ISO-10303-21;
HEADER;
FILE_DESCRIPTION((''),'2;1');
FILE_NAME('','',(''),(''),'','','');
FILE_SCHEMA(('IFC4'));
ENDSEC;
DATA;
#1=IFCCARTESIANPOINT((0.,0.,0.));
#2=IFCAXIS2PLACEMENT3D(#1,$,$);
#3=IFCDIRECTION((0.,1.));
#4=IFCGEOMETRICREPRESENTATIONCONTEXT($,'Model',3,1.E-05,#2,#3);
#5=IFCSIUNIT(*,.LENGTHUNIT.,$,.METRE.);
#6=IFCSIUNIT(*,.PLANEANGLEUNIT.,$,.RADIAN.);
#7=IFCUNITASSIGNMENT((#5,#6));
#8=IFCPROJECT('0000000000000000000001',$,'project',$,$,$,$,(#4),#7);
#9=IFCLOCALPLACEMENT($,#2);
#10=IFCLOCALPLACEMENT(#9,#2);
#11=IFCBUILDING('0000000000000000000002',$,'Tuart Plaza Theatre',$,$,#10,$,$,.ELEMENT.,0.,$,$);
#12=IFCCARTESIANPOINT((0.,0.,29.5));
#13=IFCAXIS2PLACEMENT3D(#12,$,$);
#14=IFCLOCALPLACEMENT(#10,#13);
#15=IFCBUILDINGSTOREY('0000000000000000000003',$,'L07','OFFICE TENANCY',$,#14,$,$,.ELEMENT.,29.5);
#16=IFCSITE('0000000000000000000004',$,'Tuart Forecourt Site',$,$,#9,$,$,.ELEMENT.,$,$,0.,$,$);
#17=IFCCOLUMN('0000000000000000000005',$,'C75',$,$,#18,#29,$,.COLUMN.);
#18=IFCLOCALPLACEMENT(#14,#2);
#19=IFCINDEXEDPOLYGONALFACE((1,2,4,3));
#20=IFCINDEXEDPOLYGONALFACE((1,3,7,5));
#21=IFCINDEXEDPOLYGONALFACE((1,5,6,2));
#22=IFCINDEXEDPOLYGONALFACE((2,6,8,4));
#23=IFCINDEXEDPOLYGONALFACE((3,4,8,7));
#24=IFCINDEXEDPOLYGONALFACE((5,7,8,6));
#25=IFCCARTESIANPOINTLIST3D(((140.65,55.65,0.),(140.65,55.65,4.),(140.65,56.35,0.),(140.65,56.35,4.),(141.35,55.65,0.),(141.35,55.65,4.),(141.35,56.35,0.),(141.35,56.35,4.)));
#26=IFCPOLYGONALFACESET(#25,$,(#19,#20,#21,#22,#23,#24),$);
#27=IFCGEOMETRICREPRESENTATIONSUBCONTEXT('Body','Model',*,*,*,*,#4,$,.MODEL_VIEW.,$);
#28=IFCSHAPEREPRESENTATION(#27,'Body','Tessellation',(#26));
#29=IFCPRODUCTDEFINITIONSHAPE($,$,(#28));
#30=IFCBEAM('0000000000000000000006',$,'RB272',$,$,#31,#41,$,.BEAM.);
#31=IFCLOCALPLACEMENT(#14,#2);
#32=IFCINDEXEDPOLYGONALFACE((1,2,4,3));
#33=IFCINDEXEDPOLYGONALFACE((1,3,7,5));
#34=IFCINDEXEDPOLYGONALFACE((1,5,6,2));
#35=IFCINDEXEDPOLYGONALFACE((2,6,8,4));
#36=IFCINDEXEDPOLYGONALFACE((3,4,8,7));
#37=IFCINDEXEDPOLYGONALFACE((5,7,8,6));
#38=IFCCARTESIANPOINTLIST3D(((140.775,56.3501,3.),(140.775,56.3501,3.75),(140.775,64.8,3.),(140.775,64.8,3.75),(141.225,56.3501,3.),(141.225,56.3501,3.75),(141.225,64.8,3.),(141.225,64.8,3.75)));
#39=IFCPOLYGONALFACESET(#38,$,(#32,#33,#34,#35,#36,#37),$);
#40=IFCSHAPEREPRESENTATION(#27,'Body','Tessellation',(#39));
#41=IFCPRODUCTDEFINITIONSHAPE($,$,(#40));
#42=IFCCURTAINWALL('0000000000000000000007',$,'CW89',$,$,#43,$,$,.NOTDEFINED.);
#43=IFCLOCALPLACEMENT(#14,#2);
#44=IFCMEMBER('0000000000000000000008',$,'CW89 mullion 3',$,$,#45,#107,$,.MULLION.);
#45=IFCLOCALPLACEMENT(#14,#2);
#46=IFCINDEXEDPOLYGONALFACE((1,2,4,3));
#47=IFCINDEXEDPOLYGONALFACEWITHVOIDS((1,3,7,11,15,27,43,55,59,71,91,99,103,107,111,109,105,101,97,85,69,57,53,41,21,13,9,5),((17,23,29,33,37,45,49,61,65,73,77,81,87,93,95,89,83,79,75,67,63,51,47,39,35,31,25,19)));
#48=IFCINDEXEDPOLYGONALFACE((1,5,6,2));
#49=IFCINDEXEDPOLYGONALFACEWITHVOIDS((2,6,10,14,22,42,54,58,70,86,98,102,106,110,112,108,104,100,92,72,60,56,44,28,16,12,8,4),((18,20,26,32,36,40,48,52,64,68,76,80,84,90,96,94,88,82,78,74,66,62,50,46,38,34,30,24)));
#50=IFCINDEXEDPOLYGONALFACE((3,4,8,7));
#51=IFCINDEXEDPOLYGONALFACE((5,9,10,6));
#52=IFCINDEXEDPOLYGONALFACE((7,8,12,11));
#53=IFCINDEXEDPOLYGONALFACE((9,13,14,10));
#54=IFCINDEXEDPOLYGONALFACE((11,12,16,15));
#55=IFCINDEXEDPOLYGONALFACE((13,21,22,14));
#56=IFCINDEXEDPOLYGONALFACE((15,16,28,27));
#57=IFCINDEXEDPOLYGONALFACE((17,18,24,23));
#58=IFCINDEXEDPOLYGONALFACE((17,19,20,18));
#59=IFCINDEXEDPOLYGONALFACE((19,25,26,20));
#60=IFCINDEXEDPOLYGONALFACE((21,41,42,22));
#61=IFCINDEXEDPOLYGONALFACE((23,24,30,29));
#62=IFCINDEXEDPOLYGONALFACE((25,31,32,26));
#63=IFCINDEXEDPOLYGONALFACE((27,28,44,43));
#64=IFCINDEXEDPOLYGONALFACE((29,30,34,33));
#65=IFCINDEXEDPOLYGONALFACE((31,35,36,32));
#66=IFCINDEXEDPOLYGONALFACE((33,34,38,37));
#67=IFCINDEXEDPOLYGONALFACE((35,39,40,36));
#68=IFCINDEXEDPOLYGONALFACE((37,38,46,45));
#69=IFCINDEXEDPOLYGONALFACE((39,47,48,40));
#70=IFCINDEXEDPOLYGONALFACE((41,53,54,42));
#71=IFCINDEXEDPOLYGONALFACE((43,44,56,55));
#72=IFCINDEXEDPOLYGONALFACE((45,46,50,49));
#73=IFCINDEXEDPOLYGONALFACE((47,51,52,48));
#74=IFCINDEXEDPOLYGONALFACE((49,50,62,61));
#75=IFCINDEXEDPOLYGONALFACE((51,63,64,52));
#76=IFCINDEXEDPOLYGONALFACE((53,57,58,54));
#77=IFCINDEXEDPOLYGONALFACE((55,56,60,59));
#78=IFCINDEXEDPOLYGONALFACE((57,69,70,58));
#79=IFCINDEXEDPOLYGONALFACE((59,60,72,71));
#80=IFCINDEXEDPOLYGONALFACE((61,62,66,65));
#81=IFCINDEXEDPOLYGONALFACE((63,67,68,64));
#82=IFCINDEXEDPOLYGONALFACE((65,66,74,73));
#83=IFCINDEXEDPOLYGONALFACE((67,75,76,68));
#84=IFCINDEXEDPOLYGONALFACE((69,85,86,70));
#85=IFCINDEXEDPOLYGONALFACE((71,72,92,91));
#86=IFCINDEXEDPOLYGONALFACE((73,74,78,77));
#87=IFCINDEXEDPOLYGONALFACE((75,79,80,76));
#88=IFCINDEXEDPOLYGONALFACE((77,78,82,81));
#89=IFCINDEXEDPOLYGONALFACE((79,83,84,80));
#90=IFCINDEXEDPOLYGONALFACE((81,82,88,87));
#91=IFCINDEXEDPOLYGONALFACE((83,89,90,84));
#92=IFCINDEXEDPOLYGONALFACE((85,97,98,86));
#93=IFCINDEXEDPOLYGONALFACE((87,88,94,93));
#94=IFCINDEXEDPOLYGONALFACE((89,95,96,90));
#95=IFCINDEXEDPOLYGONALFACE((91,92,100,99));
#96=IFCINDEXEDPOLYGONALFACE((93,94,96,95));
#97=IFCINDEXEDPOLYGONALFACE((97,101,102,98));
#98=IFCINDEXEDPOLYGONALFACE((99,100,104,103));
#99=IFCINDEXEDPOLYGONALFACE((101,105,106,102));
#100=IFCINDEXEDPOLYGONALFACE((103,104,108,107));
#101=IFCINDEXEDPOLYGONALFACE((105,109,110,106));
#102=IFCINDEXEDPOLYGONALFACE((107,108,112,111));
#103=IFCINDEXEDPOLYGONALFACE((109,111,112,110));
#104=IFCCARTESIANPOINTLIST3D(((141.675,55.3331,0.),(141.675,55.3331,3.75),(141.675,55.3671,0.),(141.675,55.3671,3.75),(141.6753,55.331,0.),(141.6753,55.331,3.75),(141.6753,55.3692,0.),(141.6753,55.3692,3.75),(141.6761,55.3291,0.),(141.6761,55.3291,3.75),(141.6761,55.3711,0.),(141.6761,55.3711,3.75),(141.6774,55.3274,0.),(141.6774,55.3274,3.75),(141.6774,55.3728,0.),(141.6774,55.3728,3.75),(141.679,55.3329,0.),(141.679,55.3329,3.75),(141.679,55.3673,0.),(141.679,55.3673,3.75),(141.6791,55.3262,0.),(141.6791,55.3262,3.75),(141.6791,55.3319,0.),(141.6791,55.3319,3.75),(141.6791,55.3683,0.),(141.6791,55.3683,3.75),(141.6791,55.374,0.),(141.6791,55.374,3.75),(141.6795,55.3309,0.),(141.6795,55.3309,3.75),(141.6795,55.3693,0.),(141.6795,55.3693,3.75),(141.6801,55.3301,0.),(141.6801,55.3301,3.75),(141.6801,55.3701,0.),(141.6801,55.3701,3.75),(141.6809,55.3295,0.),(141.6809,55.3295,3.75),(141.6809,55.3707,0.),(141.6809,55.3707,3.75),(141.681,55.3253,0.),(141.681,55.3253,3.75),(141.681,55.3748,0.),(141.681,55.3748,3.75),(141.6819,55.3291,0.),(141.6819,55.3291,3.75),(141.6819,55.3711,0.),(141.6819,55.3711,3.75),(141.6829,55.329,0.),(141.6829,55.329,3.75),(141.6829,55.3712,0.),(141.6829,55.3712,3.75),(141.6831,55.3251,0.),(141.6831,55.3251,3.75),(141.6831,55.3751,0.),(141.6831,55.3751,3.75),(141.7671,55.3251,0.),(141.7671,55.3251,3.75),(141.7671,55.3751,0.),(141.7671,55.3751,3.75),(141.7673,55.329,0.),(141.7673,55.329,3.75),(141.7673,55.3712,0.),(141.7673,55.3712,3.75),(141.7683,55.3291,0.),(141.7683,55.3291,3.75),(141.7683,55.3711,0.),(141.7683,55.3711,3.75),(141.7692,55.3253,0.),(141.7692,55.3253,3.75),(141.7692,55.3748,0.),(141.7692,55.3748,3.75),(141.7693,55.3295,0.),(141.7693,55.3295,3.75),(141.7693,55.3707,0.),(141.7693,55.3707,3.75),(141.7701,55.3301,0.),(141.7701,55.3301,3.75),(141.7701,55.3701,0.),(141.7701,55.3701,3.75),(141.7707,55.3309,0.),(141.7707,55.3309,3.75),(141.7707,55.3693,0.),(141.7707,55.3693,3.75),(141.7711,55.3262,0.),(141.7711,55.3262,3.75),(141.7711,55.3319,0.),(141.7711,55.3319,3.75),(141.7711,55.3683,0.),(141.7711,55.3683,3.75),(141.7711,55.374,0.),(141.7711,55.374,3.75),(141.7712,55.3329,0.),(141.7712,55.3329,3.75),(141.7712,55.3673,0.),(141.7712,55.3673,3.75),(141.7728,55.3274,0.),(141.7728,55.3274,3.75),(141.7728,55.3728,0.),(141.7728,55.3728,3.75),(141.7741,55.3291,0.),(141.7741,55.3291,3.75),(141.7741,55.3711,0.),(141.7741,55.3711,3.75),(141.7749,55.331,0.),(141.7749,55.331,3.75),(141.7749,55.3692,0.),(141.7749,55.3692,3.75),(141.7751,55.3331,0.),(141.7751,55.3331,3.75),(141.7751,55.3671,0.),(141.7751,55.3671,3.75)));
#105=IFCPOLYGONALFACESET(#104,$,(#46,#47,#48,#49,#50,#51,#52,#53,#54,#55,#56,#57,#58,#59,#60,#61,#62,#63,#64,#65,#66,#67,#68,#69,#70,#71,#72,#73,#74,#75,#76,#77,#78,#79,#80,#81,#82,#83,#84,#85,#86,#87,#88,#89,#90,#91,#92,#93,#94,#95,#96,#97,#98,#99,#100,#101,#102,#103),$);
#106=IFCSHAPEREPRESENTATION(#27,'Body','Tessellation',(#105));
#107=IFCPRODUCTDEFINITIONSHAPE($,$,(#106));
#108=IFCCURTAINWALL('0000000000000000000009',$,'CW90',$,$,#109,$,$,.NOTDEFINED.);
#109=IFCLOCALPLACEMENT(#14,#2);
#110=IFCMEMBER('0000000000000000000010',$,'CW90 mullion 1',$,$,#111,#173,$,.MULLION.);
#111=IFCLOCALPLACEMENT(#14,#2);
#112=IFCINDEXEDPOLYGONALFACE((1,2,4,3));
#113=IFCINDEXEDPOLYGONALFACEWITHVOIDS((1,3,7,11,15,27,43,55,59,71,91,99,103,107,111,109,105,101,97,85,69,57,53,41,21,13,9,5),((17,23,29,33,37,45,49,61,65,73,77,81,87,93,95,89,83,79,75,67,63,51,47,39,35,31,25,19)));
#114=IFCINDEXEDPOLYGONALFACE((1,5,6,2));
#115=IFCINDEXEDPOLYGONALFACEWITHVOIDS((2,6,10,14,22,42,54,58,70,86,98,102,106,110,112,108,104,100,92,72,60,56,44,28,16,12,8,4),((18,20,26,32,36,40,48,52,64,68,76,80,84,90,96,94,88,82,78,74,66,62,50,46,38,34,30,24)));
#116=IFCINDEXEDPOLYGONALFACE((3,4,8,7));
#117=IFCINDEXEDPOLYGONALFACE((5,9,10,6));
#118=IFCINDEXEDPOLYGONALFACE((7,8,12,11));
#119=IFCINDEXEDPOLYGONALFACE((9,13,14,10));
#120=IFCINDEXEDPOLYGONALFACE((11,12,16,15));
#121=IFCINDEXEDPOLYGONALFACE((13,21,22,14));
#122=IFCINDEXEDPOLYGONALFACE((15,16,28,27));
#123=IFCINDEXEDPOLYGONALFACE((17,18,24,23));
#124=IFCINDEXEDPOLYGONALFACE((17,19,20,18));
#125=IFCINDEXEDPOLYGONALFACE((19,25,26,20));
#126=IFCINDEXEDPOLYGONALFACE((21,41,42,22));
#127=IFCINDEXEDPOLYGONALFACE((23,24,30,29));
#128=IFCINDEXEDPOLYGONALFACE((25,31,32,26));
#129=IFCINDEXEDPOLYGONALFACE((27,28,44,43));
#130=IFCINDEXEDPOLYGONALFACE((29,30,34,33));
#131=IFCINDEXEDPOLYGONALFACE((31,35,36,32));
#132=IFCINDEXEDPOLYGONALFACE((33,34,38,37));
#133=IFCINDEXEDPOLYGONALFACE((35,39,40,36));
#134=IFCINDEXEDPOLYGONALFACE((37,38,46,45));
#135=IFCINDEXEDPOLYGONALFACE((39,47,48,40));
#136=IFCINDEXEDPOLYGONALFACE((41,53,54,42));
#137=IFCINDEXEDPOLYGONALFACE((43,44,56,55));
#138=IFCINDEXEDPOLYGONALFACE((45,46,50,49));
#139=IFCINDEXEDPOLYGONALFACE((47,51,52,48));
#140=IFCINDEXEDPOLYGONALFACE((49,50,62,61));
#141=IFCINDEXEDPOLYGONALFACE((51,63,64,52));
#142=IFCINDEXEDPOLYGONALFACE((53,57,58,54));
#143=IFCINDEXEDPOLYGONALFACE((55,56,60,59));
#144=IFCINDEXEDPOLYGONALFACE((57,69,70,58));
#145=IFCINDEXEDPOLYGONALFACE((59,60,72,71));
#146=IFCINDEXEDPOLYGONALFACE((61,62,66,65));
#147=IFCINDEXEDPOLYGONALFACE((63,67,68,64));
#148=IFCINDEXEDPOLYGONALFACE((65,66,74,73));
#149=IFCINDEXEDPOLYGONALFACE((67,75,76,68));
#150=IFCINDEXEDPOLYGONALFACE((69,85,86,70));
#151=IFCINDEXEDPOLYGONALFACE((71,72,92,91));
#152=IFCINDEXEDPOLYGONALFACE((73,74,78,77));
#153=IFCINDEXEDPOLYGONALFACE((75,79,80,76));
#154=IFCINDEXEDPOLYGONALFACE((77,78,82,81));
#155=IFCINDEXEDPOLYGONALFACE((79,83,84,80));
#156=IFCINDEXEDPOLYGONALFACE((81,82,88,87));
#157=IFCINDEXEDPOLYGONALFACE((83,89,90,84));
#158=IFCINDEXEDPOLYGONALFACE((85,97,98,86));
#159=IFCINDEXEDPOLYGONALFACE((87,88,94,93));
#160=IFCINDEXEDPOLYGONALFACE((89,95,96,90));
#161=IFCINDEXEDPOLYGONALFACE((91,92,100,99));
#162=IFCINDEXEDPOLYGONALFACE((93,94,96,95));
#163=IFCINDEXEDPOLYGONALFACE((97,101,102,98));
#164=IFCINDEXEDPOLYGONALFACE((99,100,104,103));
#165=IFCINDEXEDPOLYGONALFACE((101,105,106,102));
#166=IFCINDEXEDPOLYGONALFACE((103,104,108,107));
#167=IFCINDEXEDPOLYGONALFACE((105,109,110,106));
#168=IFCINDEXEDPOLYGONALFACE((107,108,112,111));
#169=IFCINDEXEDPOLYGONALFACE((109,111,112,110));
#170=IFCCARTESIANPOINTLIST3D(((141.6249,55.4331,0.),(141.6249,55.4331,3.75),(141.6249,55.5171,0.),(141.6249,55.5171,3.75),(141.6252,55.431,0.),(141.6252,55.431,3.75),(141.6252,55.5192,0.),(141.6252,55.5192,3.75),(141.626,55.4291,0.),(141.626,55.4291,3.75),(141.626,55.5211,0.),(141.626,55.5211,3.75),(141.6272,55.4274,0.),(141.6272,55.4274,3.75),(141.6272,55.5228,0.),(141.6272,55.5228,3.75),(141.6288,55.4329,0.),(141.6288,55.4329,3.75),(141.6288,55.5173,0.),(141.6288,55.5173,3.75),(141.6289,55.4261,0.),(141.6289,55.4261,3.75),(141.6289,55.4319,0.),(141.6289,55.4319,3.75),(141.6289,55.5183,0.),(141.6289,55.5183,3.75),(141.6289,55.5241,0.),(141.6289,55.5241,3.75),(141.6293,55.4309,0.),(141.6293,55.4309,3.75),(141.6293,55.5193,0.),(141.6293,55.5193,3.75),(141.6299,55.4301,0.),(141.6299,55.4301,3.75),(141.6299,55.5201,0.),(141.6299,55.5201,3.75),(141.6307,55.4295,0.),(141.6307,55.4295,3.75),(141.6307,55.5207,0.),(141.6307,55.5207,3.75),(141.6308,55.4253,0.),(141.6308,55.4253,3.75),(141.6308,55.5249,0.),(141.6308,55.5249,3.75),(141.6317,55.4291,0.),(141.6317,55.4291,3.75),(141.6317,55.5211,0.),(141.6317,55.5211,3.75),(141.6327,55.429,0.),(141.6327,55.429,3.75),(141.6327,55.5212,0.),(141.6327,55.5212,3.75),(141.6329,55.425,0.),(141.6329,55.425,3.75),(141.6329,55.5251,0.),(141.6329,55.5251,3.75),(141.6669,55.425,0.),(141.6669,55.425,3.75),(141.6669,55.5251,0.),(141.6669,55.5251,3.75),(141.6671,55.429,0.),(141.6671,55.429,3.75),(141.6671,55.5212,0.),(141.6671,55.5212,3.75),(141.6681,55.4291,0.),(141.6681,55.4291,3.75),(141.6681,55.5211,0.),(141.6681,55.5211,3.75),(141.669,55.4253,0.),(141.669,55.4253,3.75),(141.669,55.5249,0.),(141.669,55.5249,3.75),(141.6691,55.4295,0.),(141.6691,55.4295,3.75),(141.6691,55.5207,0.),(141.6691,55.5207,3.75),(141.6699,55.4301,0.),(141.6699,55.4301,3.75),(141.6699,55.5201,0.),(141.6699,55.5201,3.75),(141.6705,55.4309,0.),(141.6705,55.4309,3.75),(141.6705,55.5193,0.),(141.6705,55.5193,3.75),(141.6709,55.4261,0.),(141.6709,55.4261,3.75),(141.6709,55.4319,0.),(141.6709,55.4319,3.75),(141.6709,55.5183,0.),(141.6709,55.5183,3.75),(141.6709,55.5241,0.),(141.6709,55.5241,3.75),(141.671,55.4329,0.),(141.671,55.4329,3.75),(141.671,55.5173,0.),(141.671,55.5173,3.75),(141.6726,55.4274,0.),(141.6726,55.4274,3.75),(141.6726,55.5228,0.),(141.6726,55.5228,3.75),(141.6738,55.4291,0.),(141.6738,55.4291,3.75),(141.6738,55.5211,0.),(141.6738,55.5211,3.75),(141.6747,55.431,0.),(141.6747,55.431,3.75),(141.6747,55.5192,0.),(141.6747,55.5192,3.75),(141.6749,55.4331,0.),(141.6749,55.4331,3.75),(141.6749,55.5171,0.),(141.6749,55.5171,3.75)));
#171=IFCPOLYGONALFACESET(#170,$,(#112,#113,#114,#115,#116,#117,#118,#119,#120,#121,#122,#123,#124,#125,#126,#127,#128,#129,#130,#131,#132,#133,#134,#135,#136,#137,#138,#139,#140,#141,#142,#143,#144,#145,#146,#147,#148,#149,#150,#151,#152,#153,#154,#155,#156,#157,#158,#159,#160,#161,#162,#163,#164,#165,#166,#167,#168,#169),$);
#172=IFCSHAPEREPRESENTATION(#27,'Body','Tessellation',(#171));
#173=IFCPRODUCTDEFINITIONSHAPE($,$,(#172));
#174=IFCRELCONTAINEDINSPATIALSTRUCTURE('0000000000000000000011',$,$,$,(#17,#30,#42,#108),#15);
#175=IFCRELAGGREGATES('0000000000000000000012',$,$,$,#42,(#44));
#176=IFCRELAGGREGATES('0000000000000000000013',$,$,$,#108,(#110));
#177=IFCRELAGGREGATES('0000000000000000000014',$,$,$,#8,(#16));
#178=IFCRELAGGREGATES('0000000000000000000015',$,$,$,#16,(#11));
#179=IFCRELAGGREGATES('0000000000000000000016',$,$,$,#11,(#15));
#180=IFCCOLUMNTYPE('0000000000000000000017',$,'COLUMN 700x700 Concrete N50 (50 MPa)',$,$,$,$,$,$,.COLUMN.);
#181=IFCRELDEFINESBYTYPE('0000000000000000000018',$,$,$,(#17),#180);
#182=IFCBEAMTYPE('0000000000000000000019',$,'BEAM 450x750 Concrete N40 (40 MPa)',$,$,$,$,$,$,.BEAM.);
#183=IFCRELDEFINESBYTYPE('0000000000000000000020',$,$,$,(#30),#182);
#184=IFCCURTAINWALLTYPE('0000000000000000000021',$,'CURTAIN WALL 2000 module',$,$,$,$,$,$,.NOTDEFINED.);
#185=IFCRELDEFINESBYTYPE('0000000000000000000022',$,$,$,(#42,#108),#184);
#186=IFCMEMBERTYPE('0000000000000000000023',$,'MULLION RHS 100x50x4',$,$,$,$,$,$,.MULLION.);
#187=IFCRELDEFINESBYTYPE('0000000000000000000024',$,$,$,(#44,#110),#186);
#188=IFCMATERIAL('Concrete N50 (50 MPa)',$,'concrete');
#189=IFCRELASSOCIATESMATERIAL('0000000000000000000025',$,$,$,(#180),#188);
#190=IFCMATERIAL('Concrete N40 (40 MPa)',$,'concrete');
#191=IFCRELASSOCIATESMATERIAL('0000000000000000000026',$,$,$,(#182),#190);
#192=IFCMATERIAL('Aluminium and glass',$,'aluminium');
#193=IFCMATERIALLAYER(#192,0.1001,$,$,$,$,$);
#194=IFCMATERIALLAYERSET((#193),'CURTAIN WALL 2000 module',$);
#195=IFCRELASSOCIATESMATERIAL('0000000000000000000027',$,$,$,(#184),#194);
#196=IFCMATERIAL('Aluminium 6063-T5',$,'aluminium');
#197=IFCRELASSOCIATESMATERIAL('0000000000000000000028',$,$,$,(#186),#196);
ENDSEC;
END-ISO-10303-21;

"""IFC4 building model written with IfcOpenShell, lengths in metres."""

from ifc_helpers import new_model, si_unit, direction, frame, origin, origin_2d, place, context, subcontext, project, spatial, rectangle, hollow_rectangle, extrude, material, layer, layer_set, material_profile, profile_set, type_object, element, aggregate, save


model = new_model("IFC4")

# Units and contexts
model_context = context("Model", 3, precision=1e-05, world=origin(), true_north=direction((0.0, 1.0)))
body_context = subcontext(model_context, "Body", "Model", "MODEL_VIEW")
ifc_project = project(units=[si_unit("LENGTHUNIT", "METRE"), si_unit("PLANEANGLEUNIT", "RADIAN")], contexts=[model_context])

# Site, building, storey
site_placement = place(None, origin())
site = spatial("IfcSite", under=ifc_project, at=site_placement, Name="Tuart Forecourt Site", CompositionType="ELEMENT", RefElevation=0.0)
building_placement = place(site_placement, origin())
building = spatial("IfcBuilding", under=site, at=building_placement, Name="Tuart Plaza Theatre", CompositionType="ELEMENT", ElevationOfRefHeight=0.0)
storey_placement = place(building_placement, frame((0.0, 0.0, 29.5)))
storey = spatial("IfcBuildingStorey", under=building, at=storey_placement, Name="L07", Description="OFFICE TENANCY", CompositionType="ELEMENT", Elevation=29.5)

# Column
ifc_material_1 = material(Name="Concrete N50 (50 MPa)", Category="concrete")
ifc_material_profile_1 = material_profile(ifc_material_1, rectangle(XDim=0.7, YDim=0.7, at=origin_2d()), Name="COLUMN 700x700 Concrete N50 (50 MPa)")
ifc_profile_set_1 = profile_set([ifc_material_profile_1], Name="Concrete N50 (50 MPa)")
column_type = type_object("IfcColumnType", Name="COLUMN 700x700 Concrete N50 (50 MPa)", PredefinedType="COLUMN", material=ifc_profile_set_1)
column_placement = place(storey_placement, frame((141.0, 56.0, 0.0), z_axis=(0.0, 0.0, 1.0), x_axis=(1.0, 0.0, 0.0)))
element("IfcColumn", 1, at=column_placement, inside=storey, type_object=column_type, Name="C75", PredefinedType="COLUMN", context=body_context, shape_type="SweptSolid", body=[
    extrude(rectangle(XDim=0.7, YDim=0.7, at=origin_2d()), origin(), (0.0, 0.0, 1.0), 4.0),
])

# Beam
ifc_material_2 = material(Name="Concrete N40 (40 MPa)", Category="concrete")
ifc_material_profile_2 = material_profile(ifc_material_2, rectangle(XDim=0.45, YDim=0.75, at=origin_2d()), Name="BEAM 450x750 Concrete N40 (40 MPa)")
ifc_profile_set_2 = profile_set([ifc_material_profile_2], Name="Concrete N40 (40 MPa)")
beam_type = type_object("IfcBeamType", Name="BEAM 450x750 Concrete N40 (40 MPa)", PredefinedType="BEAM", material=ifc_profile_set_2)
beam_placement = place(storey_placement, frame((141.0, 56.3501, 3.375), z_axis=(0.0, 1.0, 0.0), x_axis=(-1.0, 0.0, 0.0)))
element("IfcBeam", 2, at=beam_placement, inside=storey, type_object=beam_type, Name="RB272", PredefinedType="BEAM", context=body_context, shape_type="SweptSolid", body=[
    extrude(rectangle(XDim=0.45, YDim=0.75, at=origin_2d()), origin(), (0.0, 0.0, 1.0), 8.45),
])

# Curtain wall, member
ifc_material_3 = material(Name="Aluminium and glass", Category="aluminium")
ifc_layer_1 = layer(ifc_material_3, 0.1001)
ifc_layer_set_1 = layer_set([ifc_layer_1], Name="CURTAIN WALL 2000 module")
curtain_wall_type = type_object("IfcCurtainWallType", Name="CURTAIN WALL 2000 module", PredefinedType="NOTDEFINED", material=ifc_layer_set_1)
curtain_wall_1_placement = place(storey_placement, origin())
curtain_wall_1 = element("IfcCurtainWall", 3, at=curtain_wall_1_placement, inside=storey, type_object=curtain_wall_type, Name="CW89", PredefinedType="NOTDEFINED")
ifc_material_4 = material(Name="Aluminium 6063-T5", Category="aluminium")
ifc_material_profile_3 = material_profile(ifc_material_4, hollow_rectangle(XDim=0.05, YDim=0.1001, WallThickness=0.0039, InnerFilletRadius=0.0039, OuterFilletRadius=0.0081, at=origin_2d()), Name="RHS 100x50x4")
ifc_profile_set_3 = profile_set([ifc_material_profile_3], Name="Aluminium 6063-T5")
member_type_1 = type_object("IfcMemberType", Name="MULLION RHS 100x50x4", PredefinedType="MULLION", material=ifc_profile_set_3)
member_1_placement = place(storey_placement, frame((141.7251, 55.3501, 0.0), z_axis=(0.0, 0.0, 1.0), x_axis=(0.0, 1.0, 0.0)))
member_1 = element("IfcMember", 4, at=member_1_placement, type_object=member_type_1, Name="CW89 mullion 3", PredefinedType="MULLION", context=body_context, shape_type="SweptSolid", body=[
    extrude(hollow_rectangle(XDim=0.05, YDim=0.1001, WallThickness=0.0039, InnerFilletRadius=0.0039, OuterFilletRadius=0.0081, at=origin_2d()), origin(), (0.0, 0.0, 1.0), 3.75),
])

# Curtain wall, member
curtain_wall_2_placement = place(storey_placement, origin())
curtain_wall_2 = element("IfcCurtainWall", 5, at=curtain_wall_2_placement, inside=storey, type_object=curtain_wall_type, Name="CW90", PredefinedType="NOTDEFINED")
member_2_placement = place(storey_placement, frame((141.6499, 55.4751, 0.0), z_axis=(0.0, 0.0, 1.0), x_axis=(-1.0, 0.0, 0.0)))
member_2 = element("IfcMember", 6, at=member_2_placement, type_object=member_type_1, Name="CW90 mullion 1", PredefinedType="MULLION", context=body_context, shape_type="SweptSolid", body=[
    extrude(hollow_rectangle(XDim=0.05, YDim=0.1001, WallThickness=0.0039, InnerFilletRadius=0.0039, OuterFilletRadius=0.0081, at=origin_2d()), origin(), (0.0, 0.0, 1.0), 3.75),
])

aggregate(curtain_wall_1, [member_1])
aggregate(curtain_wall_2, [member_2])

save(model, "model.ifc")
